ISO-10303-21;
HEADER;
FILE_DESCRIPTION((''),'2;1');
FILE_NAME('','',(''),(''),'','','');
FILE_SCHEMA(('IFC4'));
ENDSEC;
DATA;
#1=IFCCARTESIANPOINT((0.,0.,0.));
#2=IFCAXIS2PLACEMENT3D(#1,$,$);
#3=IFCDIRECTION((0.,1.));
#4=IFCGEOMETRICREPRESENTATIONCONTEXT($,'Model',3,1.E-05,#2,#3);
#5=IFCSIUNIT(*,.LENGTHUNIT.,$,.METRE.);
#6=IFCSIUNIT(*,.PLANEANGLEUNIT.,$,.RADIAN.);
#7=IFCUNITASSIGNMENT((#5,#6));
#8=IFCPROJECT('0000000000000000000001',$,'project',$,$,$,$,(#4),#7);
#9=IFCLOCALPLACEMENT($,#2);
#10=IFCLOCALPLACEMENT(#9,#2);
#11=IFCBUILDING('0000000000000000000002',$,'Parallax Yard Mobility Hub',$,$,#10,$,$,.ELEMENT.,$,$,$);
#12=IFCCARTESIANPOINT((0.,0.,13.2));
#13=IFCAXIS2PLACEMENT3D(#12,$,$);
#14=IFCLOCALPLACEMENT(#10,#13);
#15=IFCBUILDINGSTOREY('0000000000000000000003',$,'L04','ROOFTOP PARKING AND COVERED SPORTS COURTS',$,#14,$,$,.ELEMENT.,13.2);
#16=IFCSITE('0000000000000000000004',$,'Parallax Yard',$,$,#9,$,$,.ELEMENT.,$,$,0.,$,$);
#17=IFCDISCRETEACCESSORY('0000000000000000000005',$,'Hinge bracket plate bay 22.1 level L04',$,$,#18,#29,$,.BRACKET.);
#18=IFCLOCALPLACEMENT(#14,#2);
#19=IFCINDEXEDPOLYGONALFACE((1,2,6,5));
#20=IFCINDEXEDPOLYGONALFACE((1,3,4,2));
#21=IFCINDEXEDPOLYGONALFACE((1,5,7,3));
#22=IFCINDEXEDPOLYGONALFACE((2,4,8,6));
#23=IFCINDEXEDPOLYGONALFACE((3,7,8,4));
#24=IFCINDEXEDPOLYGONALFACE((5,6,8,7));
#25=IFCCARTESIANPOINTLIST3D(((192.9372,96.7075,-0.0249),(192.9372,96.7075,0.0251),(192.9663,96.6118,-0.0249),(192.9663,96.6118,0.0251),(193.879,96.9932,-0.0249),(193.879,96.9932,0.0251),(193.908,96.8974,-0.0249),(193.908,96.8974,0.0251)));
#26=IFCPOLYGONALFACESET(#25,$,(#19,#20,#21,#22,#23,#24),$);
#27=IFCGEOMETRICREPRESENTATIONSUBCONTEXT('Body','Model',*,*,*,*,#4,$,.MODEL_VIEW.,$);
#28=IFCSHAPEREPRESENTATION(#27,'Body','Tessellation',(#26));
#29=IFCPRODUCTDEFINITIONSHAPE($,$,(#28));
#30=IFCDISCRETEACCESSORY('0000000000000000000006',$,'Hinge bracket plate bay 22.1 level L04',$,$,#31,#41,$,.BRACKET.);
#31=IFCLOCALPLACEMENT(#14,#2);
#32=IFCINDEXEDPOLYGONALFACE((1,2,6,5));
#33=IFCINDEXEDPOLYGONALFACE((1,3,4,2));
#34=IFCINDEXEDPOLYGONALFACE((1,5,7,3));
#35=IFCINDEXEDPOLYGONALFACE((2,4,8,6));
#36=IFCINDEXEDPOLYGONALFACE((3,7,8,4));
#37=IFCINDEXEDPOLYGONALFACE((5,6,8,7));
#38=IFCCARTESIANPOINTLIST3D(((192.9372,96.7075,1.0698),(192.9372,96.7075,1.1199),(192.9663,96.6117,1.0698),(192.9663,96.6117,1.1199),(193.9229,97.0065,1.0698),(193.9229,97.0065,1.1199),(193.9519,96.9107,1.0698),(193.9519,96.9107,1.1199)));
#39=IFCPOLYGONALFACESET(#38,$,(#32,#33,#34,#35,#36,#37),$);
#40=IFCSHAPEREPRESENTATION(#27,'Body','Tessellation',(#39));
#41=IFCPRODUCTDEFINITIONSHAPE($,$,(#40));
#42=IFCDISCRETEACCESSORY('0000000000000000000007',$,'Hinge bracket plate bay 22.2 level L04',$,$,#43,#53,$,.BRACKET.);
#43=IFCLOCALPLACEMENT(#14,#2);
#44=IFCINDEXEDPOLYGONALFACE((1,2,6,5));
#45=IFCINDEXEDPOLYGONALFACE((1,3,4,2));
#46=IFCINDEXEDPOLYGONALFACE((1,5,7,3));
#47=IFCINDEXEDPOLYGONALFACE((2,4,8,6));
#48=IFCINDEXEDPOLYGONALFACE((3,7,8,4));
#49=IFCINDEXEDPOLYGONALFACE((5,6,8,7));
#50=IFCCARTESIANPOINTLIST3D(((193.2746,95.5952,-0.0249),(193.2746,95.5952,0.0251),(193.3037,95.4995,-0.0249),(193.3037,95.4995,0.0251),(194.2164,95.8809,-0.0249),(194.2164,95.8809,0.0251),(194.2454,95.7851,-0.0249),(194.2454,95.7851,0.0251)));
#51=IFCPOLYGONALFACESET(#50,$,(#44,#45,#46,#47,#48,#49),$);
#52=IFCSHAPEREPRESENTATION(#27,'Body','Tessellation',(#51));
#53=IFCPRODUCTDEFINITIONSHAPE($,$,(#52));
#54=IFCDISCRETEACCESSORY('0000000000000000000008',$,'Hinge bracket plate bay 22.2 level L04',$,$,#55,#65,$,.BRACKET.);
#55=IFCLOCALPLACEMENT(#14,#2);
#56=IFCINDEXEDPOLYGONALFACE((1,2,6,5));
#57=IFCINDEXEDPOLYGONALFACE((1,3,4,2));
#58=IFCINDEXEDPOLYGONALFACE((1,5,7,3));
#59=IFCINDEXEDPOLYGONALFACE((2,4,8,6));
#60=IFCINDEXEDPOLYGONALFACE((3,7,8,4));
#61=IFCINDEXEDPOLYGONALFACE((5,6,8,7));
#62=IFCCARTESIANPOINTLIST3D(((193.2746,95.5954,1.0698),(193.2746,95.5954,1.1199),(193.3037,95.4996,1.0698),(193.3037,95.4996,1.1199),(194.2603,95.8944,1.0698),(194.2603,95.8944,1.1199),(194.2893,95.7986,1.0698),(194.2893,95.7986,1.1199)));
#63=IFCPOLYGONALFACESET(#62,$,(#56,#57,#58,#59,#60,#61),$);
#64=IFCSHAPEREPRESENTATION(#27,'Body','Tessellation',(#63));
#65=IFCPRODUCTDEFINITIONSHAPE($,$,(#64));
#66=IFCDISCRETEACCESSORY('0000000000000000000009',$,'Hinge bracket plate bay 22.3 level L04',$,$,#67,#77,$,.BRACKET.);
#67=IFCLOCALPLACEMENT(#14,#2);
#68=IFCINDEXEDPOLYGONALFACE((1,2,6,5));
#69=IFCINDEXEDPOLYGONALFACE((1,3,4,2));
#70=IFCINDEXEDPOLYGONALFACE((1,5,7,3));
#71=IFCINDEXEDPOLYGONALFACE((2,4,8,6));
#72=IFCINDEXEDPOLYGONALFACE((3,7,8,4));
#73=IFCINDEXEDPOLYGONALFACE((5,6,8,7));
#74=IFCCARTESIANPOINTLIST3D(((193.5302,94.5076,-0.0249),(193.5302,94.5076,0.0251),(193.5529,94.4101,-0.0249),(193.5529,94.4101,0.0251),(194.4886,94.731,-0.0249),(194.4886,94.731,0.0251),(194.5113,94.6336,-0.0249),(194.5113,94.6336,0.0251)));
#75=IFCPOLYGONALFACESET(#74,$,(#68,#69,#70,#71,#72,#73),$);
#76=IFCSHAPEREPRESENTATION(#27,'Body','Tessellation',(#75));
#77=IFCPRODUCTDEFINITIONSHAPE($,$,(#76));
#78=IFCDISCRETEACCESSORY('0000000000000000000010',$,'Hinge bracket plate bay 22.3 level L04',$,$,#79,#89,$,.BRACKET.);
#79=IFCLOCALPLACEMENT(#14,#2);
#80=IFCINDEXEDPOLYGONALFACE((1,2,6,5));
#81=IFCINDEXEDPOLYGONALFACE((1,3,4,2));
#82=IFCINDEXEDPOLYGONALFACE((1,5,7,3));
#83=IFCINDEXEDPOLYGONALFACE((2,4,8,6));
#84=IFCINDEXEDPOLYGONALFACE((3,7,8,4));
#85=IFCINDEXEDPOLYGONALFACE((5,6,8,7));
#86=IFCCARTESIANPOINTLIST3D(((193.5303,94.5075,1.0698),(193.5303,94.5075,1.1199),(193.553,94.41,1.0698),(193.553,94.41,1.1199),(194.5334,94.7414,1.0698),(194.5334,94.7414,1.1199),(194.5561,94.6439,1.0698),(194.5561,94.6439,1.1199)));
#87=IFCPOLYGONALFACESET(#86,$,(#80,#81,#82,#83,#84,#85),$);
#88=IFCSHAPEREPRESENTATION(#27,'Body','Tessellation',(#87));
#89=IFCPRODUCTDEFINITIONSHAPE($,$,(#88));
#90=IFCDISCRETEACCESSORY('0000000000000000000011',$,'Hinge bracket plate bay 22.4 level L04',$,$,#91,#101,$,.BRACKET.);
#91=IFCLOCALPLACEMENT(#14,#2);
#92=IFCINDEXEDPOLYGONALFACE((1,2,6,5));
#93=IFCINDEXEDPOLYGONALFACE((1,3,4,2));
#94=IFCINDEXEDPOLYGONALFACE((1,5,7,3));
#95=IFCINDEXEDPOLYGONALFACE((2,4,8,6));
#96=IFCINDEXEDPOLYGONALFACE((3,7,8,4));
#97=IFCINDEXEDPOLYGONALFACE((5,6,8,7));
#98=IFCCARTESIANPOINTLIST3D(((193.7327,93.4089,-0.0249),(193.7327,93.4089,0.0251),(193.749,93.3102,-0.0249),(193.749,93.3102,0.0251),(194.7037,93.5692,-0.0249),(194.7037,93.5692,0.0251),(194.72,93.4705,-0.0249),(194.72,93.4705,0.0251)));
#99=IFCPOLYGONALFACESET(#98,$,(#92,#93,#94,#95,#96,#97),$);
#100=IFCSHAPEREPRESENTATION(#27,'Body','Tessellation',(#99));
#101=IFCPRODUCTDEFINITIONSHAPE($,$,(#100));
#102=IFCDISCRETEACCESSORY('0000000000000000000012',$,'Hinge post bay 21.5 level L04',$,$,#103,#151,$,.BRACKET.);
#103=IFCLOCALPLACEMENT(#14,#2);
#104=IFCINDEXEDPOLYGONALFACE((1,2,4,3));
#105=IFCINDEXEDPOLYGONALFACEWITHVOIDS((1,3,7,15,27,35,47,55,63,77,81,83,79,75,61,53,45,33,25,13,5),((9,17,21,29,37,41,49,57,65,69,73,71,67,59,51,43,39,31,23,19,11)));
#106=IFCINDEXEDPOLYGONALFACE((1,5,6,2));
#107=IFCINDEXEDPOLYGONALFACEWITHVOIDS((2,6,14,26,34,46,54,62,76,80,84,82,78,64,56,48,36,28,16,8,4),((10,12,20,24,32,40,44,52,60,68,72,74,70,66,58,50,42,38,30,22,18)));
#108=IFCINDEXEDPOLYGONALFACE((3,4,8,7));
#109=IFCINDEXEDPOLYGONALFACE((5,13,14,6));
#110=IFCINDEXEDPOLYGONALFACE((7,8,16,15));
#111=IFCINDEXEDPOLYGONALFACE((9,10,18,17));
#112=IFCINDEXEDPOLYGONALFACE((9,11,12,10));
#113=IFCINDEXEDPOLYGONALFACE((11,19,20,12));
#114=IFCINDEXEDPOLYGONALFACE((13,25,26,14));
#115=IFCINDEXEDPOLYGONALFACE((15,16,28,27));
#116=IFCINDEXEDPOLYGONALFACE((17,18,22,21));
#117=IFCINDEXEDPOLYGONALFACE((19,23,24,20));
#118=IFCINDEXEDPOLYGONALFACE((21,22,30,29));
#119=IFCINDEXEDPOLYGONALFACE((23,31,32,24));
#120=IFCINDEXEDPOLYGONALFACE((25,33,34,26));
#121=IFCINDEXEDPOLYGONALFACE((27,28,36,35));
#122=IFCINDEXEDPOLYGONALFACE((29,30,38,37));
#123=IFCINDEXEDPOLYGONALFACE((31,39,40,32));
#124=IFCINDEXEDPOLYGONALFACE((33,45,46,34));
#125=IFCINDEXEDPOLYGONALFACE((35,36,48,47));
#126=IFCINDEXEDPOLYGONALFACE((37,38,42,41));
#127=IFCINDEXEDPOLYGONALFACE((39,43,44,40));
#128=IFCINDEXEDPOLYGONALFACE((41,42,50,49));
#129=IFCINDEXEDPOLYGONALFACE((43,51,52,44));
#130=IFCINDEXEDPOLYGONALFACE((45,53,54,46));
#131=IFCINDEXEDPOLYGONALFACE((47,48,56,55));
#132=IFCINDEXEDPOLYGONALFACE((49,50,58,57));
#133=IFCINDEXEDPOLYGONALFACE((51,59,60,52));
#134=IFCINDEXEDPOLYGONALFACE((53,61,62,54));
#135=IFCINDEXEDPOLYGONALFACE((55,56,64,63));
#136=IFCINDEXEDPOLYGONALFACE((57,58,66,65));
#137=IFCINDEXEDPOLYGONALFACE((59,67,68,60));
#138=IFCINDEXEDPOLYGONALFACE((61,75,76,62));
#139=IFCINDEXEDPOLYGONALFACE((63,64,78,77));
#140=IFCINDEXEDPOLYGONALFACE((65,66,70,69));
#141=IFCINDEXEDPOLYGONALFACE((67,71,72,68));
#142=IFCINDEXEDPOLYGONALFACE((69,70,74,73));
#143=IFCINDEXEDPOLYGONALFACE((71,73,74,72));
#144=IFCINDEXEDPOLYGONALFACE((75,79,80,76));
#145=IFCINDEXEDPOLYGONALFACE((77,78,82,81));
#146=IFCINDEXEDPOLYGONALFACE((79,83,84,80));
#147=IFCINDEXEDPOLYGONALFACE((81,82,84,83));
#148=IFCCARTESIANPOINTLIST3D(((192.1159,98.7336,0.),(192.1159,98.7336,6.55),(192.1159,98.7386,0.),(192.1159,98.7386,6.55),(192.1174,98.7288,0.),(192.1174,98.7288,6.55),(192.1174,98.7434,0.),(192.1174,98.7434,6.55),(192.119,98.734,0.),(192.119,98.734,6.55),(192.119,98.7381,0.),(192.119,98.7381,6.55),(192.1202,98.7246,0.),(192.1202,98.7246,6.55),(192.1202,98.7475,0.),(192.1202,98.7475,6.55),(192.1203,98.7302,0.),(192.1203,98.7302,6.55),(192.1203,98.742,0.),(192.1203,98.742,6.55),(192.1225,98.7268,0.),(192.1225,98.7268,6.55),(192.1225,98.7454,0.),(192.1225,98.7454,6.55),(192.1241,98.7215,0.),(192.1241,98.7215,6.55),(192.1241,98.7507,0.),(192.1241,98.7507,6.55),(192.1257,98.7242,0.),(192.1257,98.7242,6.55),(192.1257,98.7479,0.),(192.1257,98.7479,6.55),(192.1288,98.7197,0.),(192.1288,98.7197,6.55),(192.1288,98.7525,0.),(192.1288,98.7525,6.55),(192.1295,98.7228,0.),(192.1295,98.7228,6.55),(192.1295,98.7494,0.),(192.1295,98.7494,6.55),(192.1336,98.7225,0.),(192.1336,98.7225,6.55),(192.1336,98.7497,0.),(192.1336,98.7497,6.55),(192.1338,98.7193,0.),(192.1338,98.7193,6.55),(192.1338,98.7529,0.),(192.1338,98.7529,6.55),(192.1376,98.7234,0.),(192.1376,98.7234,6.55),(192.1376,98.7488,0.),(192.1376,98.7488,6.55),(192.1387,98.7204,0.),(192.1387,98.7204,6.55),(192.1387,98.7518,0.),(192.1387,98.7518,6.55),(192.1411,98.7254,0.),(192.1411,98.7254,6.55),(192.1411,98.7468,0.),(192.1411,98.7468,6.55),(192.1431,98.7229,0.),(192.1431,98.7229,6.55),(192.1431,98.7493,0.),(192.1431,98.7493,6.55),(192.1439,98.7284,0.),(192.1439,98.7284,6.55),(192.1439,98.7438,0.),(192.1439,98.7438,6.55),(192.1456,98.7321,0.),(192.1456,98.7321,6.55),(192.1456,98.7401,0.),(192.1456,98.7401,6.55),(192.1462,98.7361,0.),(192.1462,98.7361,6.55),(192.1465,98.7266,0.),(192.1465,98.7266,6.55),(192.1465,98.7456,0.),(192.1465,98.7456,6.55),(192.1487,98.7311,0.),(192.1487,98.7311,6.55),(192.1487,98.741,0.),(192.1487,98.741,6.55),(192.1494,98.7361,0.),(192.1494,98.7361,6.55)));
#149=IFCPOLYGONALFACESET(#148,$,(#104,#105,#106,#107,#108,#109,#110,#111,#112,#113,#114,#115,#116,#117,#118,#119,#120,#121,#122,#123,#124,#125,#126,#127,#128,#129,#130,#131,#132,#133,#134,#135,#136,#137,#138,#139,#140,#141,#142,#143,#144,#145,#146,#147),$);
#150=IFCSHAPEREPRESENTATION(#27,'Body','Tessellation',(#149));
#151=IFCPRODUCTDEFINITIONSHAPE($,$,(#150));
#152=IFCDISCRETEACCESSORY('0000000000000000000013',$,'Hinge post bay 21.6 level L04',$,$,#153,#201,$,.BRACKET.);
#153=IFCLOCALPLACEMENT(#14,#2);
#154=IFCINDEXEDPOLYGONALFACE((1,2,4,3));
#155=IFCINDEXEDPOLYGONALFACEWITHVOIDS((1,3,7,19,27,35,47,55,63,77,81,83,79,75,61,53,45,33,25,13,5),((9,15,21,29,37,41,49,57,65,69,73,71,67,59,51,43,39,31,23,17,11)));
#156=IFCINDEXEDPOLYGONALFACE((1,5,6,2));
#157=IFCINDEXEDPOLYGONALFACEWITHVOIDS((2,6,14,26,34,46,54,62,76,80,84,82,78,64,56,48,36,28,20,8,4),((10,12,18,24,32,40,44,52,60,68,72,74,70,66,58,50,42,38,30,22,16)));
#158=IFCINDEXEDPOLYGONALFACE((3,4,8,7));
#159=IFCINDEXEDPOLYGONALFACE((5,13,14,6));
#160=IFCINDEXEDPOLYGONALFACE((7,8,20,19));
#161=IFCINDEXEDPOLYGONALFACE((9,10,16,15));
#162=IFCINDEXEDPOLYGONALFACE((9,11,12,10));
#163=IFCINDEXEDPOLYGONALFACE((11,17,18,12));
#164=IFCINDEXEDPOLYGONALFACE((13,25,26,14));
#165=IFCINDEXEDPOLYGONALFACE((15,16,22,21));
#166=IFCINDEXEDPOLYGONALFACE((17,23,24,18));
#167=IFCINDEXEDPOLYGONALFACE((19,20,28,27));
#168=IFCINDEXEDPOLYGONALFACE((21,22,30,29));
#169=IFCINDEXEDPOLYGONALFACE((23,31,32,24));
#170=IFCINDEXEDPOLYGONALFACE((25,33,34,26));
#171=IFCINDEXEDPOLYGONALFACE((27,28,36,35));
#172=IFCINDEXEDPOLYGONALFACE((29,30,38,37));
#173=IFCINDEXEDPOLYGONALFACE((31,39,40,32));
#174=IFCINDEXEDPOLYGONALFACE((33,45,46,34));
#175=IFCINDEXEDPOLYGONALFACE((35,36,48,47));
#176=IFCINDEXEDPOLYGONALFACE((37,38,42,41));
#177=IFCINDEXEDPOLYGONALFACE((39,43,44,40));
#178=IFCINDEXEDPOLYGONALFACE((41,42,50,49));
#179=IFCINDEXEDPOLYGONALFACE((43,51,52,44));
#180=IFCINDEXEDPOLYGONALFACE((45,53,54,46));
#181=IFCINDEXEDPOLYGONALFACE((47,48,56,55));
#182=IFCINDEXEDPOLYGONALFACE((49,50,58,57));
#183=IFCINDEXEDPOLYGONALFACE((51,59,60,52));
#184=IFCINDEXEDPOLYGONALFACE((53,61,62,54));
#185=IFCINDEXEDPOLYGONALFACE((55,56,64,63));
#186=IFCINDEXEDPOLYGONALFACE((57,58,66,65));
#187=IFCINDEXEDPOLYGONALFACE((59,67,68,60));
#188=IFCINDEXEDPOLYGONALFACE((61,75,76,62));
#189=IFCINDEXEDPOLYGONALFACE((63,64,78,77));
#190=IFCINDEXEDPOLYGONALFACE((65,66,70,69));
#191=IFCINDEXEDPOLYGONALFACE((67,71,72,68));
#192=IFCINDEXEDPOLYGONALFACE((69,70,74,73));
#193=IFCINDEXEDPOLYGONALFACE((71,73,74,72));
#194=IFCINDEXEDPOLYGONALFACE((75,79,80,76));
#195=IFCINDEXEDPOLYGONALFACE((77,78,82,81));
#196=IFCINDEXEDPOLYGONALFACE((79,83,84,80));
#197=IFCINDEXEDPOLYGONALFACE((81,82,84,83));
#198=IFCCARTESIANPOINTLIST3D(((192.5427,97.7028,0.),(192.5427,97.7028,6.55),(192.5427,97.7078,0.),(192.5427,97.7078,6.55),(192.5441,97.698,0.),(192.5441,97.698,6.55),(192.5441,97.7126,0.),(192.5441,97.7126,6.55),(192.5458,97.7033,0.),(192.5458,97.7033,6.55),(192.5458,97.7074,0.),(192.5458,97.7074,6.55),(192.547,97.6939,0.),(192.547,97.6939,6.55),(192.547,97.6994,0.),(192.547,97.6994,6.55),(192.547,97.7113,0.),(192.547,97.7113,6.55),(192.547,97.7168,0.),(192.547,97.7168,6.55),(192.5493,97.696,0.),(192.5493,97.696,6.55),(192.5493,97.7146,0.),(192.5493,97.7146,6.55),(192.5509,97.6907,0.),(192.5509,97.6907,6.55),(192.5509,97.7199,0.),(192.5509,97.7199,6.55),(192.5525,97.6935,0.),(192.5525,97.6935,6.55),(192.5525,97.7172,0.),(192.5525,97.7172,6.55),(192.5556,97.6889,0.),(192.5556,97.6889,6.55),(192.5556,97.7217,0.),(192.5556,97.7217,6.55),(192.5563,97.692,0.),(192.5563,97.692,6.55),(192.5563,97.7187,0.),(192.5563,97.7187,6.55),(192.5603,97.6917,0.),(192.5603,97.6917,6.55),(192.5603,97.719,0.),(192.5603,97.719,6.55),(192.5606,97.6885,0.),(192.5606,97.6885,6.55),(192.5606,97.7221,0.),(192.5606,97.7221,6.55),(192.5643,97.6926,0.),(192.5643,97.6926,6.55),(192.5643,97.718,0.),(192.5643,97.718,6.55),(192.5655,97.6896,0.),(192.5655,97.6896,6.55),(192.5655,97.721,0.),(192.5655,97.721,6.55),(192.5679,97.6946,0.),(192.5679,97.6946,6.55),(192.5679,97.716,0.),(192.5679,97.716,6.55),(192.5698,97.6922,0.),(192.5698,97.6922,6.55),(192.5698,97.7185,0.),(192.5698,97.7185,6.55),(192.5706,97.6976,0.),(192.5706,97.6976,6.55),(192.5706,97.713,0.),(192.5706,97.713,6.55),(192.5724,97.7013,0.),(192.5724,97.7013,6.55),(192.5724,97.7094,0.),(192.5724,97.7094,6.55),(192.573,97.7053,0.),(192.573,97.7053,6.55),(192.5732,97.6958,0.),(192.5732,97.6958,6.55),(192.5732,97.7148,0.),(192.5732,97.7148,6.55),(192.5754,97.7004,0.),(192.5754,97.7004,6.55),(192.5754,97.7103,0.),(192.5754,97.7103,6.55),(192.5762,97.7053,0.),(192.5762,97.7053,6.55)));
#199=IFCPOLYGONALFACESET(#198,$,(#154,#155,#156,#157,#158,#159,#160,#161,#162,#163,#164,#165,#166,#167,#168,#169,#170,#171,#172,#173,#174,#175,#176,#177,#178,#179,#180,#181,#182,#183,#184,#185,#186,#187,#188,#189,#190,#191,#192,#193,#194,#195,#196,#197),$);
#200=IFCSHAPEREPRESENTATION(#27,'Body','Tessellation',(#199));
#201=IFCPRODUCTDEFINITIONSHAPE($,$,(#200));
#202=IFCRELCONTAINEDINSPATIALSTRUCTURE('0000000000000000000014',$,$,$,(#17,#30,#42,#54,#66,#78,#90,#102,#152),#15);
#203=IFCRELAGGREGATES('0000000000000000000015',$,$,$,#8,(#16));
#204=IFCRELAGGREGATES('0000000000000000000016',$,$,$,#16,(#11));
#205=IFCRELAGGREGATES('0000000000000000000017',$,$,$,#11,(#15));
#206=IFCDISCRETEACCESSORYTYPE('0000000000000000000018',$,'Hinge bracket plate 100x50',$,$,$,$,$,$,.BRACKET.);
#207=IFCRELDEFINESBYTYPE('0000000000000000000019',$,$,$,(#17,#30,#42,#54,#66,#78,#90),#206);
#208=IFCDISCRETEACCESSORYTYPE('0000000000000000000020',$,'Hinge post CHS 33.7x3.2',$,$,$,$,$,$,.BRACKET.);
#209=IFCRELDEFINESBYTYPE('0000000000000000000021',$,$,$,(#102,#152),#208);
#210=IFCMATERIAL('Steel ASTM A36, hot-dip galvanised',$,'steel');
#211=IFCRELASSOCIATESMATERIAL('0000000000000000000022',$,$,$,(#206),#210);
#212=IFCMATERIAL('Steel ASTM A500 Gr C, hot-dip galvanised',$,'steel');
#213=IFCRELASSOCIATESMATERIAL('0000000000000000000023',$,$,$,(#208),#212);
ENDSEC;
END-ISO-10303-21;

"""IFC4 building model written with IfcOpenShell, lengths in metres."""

from ifc_helpers import new_model, si_unit, direction, frame, origin, origin_2d, place, context, subcontext, project, spatial, rectangle, hollow_circle, extrude, material, material_profile, profile_set, type_object, element, save


model = new_model("IFC4")

# Units and contexts
model_context = context("Model", 3, precision=1e-05, world=origin(), true_north=direction((0.0, 1.0)))
body_context = subcontext(model_context, "Body", "Model", "MODEL_VIEW")
ifc_project = project(units=[si_unit("LENGTHUNIT", "METRE"), si_unit("PLANEANGLEUNIT", "RADIAN")], contexts=[model_context])

# Site, building, storey
site_placement = place(None, origin())
site = spatial("IfcSite", under=ifc_project, at=site_placement, Name="Parallax Yard", CompositionType="ELEMENT", RefElevation=0.0)
building_placement = place(site_placement, origin())
building = spatial("IfcBuilding", under=site, at=building_placement, Name="Parallax Yard Mobility Hub", CompositionType="ELEMENT")
storey_placement = place(building_placement, frame((0.0, 0.0, 13.2)))
storey = spatial("IfcBuildingStorey", under=building, at=storey_placement, Name="L04", Description="ROOFTOP PARKING AND COVERED SPORTS COURTS", CompositionType="ELEMENT", Elevation=13.2)

# Discrete accessories
ifc_material_1 = material(Name="Steel ASTM A36, hot-dip galvanised", Category="steel")
discrete_accessory_type_1 = type_object("IfcDiscreteAccessoryType", Name="Hinge bracket plate 100x50", PredefinedType="BRACKET", material=ifc_material_1)
discrete_accessory_1_placement = place(storey_placement, frame((193.4226, 96.8025, -0.0249), z_axis=(0.0, 0.0, 1.0), x_axis=(-0.95694, -0.290285, 0.0)))
element("IfcDiscreteAccessory", 1, at=discrete_accessory_1_placement, inside=storey, type_object=discrete_accessory_type_1, Name="Hinge bracket plate bay 22.1 level L04", PredefinedType="BRACKET", context=body_context, shape_type="SweptSolid", body=[
    extrude(rectangle(XDim=0.9841, YDim=0.1001, at=origin_2d()), origin(), (0.0, 0.0, 1.0), 0.05),
])
discrete_accessory_2_placement = place(storey_placement, frame((193.4446, 96.8091, 1.0698), z_axis=(0.0, 0.0, 1.0), x_axis=(-0.95694, -0.290285, 0.0)))
element("IfcDiscreteAccessory", 2, at=discrete_accessory_2_placement, inside=storey, type_object=discrete_accessory_type_1, Name="Hinge bracket plate bay 22.1 level L04", PredefinedType="BRACKET", context=body_context, shape_type="SweptSolid", body=[
    extrude(rectangle(XDim=1.03, YDim=0.1001, at=origin_2d()), origin(), (0.0, 0.0, 1.0), 0.05),
])
discrete_accessory_3_placement = place(storey_placement, frame((193.76, 95.6902, -0.0249), z_axis=(0.0, 0.0, 1.0), x_axis=(-0.95694, -0.290285, 0.0)))
element("IfcDiscreteAccessory", 3, at=discrete_accessory_3_placement, inside=storey, type_object=discrete_accessory_type_1, Name="Hinge bracket plate bay 22.2 level L04", PredefinedType="BRACKET", context=body_context, shape_type="SweptSolid", body=[
    extrude(rectangle(XDim=0.9841, YDim=0.1001, at=origin_2d()), origin(), (0.0, 0.0, 1.0), 0.05),
])
discrete_accessory_4_placement = place(storey_placement, frame((193.782, 95.697, 1.0698), z_axis=(0.0, 0.0, 1.0), x_axis=(-0.95694, -0.290285, 0.0)))
element("IfcDiscreteAccessory", 4, at=discrete_accessory_4_placement, inside=storey, type_object=discrete_accessory_type_1, Name="Hinge bracket plate bay 22.2 level L04", PredefinedType="BRACKET", context=body_context, shape_type="SweptSolid", body=[
    extrude(rectangle(XDim=1.03, YDim=0.1001, at=origin_2d()), origin(), (0.0, 0.0, 1.0), 0.05),
])
discrete_accessory_5_placement = place(storey_placement, frame((194.0208, 94.5706, -0.0249), z_axis=(0.0, 0.0, 1.0), x_axis=(-0.973877, -0.227076, 0.0)))
element("IfcDiscreteAccessory", 5, at=discrete_accessory_5_placement, inside=storey, type_object=discrete_accessory_type_1, Name="Hinge bracket plate bay 22.3 level L04", PredefinedType="BRACKET", context=body_context, shape_type="SweptSolid", body=[
    extrude(rectangle(XDim=0.9841, YDim=0.1001, at=origin_2d()), origin(), (0.0, 0.0, 1.0), 0.05),
])
discrete_accessory_6_placement = place(storey_placement, frame((194.0432, 94.5757, 1.0698), z_axis=(0.0, 0.0, 1.0), x_axis=(-0.973877, -0.227076, 0.0)))
element("IfcDiscreteAccessory", 6, at=discrete_accessory_6_placement, inside=storey, type_object=discrete_accessory_type_1, Name="Hinge bracket plate bay 22.3 level L04", PredefinedType="BRACKET", context=body_context, shape_type="SweptSolid", body=[
    extrude(rectangle(XDim=1.03, YDim=0.1001, at=origin_2d()), origin(), (0.0, 0.0, 1.0), 0.05),
])
discrete_accessory_7_placement = place(storey_placement, frame((194.2263, 93.4397, -0.0249), z_axis=(0.0, 0.0, 1.0), x_axis=(-0.986643, -0.162895, 0.0)))
element("IfcDiscreteAccessory", 7, at=discrete_accessory_7_placement, inside=storey, type_object=discrete_accessory_type_1, Name="Hinge bracket plate bay 22.4 level L04", PredefinedType="BRACKET", context=body_context, shape_type="SweptSolid", body=[
    extrude(rectangle(XDim=0.9841, YDim=0.1001, at=origin_2d()), origin(), (0.0, 0.0, 1.0), 0.05),
])
ifc_material_2 = material(Name="Steel ASTM A500 Gr C, hot-dip galvanised", Category="steel")
ifc_material_profile_1 = material_profile(ifc_material_2, hollow_circle(Radius=0.0168, WallThickness=0.0032, at=origin_2d()), Name="CHS 33.7x3.2")
ifc_profile_set_1 = profile_set([ifc_material_profile_1], Name="Steel ASTM A500 Gr C, hot-dip galvanised")
discrete_accessory_type_2 = type_object("IfcDiscreteAccessoryType", Name="Hinge post CHS 33.7x3.2", PredefinedType="BRACKET", material=ifc_profile_set_1)
for number, where, z_axis, x_axis, name in (
    (8, (192.1326, 98.7361, 0.0), (0.0, 0.0, 1.0), (1.0, 0.0, 0.0), "Hinge post bay 21.5 level L04"),
    (9, (192.5593, 97.7053, 0.0), (0.0, 0.0, 1.0), (1.0, 0.0, 0.0), "Hinge post bay 21.6 level L04"),
):
    element("IfcDiscreteAccessory", number, at=place(storey_placement, frame(where, z_axis=z_axis, x_axis=x_axis)), inside=storey, type_object=discrete_accessory_type_2, Name=name, PredefinedType="BRACKET", context=body_context, shape_type="SweptSolid", body=[
        extrude(hollow_circle(Radius=0.0168, WallThickness=0.0032, at=origin_2d()), origin(), (0.0, 0.0, 1.0), 6.55),
    ])

save(model, "model.ifc")
